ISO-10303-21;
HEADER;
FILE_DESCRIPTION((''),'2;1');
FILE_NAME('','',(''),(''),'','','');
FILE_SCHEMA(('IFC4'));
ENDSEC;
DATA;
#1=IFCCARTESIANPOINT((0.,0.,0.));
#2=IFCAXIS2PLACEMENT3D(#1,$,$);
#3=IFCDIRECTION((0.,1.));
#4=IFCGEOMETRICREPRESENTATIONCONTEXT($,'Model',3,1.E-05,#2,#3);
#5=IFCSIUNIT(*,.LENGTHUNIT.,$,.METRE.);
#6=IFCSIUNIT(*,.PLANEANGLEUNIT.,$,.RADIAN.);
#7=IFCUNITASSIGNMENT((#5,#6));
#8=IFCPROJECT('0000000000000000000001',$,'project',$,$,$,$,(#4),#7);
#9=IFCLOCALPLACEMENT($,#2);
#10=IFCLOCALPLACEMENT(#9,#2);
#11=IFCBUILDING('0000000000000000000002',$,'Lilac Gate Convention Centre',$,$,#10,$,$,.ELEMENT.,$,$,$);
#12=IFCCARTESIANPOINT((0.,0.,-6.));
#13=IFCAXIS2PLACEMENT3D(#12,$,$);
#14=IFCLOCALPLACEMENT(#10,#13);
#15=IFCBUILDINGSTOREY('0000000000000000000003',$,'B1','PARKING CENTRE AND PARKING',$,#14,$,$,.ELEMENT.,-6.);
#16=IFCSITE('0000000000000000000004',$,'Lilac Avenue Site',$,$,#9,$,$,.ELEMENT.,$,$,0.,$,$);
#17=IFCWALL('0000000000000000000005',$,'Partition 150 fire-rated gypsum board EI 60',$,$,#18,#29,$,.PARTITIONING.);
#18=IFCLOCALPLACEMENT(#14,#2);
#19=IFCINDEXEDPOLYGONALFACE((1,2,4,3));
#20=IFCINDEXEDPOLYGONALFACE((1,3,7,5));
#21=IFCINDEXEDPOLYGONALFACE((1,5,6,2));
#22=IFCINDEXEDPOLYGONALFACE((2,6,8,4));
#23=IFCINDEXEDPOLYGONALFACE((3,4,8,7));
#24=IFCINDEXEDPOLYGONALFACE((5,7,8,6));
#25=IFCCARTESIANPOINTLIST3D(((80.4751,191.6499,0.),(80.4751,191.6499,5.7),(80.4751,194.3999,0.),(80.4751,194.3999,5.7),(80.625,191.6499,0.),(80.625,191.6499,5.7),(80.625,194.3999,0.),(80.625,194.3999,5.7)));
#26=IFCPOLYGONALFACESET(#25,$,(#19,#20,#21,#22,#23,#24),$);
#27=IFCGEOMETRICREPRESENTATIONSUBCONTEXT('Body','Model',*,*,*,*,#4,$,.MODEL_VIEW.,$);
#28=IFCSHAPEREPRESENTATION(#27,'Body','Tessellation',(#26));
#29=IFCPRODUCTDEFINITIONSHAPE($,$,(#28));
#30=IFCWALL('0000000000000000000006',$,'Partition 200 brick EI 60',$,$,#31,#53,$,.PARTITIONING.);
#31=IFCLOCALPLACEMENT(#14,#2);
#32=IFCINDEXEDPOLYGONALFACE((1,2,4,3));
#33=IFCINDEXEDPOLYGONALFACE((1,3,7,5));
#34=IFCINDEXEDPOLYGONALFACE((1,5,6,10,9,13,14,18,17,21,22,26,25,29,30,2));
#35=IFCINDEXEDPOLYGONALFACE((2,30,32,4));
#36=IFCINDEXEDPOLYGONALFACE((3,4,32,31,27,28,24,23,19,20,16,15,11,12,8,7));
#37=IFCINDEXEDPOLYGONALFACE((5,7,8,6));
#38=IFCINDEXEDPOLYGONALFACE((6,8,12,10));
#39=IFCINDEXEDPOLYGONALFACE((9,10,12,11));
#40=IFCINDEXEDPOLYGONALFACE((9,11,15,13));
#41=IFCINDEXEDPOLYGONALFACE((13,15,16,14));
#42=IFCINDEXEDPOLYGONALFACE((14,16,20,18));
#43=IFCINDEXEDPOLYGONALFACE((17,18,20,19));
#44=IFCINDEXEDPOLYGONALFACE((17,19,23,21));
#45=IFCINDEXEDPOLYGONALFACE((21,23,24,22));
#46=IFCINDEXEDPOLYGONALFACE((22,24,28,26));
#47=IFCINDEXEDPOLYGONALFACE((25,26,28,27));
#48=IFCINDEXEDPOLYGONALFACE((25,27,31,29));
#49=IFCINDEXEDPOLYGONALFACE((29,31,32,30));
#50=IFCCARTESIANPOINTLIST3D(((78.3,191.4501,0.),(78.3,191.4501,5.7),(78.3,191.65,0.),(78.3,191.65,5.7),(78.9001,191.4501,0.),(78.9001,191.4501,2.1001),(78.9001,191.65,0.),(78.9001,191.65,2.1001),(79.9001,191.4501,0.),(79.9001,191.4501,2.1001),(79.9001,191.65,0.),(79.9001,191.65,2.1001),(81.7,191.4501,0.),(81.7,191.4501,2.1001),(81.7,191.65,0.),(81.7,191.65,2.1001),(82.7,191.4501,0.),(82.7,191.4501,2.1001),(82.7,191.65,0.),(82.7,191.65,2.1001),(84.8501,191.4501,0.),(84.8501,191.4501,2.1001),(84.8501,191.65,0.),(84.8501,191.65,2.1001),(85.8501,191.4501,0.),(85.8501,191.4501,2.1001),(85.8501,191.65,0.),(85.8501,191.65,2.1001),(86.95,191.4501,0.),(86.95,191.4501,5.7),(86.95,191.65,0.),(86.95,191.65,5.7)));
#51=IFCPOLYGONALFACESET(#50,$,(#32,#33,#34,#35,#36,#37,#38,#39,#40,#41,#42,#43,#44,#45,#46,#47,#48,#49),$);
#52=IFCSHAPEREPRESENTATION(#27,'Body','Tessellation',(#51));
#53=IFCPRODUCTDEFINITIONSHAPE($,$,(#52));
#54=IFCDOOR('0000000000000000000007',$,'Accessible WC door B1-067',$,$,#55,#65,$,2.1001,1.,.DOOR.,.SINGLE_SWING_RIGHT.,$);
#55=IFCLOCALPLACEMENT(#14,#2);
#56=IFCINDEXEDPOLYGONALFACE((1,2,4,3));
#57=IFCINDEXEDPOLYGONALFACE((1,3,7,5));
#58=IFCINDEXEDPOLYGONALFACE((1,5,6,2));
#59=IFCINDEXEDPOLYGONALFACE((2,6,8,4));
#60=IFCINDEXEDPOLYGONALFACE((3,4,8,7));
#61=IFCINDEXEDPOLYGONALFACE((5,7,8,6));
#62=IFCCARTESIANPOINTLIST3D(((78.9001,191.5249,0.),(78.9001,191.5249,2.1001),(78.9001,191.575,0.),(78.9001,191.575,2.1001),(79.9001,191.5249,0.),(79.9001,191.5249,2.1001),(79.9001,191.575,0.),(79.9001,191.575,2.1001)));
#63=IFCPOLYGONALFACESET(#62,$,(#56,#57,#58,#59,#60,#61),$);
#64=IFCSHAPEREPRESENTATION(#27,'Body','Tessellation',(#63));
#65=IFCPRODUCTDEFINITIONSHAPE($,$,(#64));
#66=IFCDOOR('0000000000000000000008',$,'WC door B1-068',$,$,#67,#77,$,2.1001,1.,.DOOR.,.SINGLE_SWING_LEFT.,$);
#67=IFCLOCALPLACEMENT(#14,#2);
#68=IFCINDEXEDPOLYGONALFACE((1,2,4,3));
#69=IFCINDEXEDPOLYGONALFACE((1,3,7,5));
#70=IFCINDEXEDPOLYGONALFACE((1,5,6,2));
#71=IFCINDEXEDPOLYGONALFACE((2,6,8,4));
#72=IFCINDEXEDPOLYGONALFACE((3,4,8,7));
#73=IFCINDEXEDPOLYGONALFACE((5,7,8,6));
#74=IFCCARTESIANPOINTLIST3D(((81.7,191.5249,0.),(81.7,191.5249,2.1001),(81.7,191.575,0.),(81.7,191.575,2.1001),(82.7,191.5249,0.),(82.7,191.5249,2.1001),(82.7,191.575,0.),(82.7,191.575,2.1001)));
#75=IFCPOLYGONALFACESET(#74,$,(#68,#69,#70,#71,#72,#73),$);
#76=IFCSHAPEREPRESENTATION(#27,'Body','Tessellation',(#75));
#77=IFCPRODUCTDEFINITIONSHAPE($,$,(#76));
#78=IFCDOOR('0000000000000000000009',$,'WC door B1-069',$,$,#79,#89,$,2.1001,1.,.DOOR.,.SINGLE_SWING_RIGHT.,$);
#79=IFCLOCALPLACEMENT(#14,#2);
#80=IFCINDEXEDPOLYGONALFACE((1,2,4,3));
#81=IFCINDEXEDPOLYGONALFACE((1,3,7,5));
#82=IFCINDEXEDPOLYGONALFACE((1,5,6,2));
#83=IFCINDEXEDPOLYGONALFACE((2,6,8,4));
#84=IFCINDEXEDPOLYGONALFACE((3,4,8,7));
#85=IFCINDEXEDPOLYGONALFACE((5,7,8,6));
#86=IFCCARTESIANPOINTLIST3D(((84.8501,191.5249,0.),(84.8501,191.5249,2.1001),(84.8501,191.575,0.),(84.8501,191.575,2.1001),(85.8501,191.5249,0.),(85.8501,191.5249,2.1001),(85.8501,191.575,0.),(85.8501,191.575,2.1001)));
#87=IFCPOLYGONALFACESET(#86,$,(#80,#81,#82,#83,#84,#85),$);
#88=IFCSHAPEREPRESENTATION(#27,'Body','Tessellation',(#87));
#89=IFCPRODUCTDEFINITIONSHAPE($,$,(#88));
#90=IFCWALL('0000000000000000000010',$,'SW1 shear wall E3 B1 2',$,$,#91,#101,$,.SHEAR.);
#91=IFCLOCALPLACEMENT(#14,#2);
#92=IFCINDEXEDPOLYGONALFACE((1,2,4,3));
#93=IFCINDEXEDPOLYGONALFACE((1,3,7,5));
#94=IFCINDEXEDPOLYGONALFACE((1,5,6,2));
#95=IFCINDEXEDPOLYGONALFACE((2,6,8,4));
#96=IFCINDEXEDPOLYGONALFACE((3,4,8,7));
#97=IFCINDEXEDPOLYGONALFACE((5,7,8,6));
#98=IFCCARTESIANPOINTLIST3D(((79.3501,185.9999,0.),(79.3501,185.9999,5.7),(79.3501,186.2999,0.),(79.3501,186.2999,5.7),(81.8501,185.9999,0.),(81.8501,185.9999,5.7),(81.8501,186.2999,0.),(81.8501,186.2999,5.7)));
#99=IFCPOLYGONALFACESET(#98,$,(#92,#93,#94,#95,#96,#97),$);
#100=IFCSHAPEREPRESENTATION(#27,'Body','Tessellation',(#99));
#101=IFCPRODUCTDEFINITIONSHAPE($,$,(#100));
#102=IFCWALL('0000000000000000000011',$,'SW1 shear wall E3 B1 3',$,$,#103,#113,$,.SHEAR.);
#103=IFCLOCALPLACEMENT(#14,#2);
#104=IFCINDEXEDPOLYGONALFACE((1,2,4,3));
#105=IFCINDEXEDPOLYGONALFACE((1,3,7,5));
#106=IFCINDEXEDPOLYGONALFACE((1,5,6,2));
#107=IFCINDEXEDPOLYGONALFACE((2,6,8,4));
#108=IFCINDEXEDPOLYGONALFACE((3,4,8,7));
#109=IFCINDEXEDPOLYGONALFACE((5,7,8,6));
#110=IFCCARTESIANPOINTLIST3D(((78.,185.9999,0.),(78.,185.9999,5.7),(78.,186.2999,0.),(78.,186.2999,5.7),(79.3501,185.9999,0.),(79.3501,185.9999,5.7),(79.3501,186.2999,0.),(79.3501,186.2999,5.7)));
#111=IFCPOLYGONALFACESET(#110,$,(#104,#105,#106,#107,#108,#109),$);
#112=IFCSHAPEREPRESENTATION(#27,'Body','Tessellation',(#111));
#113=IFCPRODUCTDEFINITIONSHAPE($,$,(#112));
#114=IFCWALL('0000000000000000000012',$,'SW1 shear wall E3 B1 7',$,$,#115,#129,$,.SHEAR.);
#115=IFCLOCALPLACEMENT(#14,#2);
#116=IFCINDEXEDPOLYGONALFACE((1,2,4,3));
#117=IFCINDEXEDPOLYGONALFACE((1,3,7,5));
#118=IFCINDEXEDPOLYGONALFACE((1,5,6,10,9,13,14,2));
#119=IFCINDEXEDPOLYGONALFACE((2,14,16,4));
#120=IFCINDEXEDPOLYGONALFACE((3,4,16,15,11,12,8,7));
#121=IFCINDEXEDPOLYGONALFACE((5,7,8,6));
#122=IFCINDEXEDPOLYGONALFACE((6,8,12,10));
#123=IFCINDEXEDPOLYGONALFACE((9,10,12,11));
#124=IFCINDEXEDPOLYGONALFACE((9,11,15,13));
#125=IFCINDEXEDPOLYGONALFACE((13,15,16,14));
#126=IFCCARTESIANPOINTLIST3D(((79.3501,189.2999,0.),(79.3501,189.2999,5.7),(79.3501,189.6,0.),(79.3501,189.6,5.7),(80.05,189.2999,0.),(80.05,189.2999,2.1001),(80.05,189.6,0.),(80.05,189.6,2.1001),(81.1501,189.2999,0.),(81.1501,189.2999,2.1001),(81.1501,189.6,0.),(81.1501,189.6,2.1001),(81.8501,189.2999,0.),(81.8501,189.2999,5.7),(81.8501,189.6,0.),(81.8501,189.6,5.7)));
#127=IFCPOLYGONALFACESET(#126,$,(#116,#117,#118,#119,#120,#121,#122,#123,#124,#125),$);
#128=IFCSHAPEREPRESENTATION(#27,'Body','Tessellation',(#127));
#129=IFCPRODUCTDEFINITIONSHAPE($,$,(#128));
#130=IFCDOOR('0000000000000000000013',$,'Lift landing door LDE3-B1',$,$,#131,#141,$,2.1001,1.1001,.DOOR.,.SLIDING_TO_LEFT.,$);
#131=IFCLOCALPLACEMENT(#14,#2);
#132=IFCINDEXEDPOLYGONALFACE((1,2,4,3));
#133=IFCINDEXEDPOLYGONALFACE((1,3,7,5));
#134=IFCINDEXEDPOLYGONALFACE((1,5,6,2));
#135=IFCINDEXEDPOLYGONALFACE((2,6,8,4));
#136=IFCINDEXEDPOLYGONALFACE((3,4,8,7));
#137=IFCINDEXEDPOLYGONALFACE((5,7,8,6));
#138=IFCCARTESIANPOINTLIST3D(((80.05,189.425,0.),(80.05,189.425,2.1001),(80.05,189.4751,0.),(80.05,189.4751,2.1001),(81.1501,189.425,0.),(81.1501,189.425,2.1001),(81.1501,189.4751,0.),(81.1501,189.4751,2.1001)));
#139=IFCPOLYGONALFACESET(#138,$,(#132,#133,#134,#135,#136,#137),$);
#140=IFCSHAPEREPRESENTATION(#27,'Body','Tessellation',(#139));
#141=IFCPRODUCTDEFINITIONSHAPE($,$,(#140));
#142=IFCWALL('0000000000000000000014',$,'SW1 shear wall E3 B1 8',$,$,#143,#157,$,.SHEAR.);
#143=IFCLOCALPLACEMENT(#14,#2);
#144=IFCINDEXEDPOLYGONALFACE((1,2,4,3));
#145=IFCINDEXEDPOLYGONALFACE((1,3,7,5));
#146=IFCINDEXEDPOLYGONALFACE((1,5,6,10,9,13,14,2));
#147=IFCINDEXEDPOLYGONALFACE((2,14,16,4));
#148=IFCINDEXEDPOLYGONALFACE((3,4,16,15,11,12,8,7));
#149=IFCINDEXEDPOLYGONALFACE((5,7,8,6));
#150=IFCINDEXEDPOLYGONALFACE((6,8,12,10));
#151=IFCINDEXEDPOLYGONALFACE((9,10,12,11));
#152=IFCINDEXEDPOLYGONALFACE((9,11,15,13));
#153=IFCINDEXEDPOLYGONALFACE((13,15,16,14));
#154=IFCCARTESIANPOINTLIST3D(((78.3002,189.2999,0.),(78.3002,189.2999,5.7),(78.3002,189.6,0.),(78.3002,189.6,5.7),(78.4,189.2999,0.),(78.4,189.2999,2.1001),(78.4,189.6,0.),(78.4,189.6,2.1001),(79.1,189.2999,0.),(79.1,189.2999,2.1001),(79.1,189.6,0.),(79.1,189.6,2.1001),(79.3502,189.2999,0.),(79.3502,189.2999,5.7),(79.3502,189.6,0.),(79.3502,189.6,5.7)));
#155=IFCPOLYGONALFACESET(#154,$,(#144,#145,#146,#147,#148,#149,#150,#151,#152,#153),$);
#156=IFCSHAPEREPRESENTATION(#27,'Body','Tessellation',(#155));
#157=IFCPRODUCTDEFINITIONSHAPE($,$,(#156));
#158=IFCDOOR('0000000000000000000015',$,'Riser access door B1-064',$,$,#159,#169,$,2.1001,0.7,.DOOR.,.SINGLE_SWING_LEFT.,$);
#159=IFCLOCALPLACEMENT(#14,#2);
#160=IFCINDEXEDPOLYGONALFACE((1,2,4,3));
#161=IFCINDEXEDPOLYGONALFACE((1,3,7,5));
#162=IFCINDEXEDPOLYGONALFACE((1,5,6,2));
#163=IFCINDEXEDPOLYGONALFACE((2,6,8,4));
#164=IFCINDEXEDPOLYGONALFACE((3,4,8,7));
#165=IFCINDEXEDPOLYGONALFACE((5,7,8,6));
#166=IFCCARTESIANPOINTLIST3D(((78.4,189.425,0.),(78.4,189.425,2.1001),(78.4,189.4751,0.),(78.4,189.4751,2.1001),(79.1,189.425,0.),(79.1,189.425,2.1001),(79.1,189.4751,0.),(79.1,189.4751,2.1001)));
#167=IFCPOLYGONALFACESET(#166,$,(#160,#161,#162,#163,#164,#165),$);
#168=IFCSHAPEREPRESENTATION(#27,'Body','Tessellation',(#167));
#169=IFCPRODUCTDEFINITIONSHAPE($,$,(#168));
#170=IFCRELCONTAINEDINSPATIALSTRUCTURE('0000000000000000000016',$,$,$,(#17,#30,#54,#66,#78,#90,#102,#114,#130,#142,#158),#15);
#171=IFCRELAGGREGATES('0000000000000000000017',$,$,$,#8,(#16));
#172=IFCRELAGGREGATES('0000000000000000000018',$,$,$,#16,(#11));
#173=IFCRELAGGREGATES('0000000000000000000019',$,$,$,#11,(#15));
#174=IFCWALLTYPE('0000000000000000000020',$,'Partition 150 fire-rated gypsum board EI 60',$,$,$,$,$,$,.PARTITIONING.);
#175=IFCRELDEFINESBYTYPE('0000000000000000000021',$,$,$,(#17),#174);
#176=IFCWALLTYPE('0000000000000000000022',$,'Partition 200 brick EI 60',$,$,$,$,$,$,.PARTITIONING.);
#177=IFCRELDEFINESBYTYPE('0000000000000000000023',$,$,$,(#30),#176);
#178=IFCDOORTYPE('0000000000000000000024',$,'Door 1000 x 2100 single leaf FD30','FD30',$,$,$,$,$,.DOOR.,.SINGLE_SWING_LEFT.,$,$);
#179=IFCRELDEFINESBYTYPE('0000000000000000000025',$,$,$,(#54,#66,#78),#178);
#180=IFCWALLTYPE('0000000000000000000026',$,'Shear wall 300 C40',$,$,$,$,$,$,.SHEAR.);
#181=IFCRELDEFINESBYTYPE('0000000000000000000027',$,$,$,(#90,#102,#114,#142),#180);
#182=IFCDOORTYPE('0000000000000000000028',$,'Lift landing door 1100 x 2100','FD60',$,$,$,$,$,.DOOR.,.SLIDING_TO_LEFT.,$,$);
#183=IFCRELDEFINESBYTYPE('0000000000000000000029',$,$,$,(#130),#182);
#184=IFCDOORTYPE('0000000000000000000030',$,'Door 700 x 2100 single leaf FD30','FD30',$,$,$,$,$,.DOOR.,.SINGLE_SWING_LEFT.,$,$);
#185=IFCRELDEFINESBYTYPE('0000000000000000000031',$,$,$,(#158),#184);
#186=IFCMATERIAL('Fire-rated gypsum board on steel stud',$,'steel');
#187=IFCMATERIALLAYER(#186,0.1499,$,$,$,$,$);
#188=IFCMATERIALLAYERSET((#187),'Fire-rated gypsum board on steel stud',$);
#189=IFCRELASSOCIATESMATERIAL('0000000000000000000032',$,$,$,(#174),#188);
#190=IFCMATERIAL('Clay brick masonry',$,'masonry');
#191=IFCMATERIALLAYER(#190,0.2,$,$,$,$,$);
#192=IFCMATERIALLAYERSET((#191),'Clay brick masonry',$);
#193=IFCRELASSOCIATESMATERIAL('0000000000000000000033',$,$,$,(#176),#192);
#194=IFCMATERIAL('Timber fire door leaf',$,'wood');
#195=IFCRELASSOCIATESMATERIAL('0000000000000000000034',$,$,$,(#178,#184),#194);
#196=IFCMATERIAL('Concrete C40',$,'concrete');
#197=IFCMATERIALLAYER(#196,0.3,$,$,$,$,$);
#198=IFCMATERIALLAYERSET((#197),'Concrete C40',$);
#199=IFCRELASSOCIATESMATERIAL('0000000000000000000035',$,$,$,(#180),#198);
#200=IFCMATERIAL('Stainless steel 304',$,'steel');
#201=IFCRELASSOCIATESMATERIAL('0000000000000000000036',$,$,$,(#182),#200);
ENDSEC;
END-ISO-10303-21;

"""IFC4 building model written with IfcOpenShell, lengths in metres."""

from ifc_helpers import new_model, si_unit, direction, frame, frame_2d, origin, place, context, subcontext, project, spatial, rectangle, extrude, material, layer, layer_set, type_object, element, fill, save


model = new_model("IFC4")

# Units and contexts
model_context = context("Model", 3, precision=1e-05, world=origin(), true_north=direction((0.0, 1.0)))
body_context = subcontext(model_context, "Body", "Model", "MODEL_VIEW")
ifc_project = project(units=[si_unit("LENGTHUNIT", "METRE"), si_unit("PLANEANGLEUNIT", "RADIAN")], contexts=[model_context])

# Site, building, storey
site_placement = place(None, origin())
site = spatial("IfcSite", under=ifc_project, at=site_placement, Name="Lilac Avenue Site", CompositionType="ELEMENT", RefElevation=0.0)
building_placement = place(site_placement, origin())
building = spatial("IfcBuilding", under=site, at=building_placement, Name="Lilac Gate Convention Centre", CompositionType="ELEMENT")
storey_placement = place(building_placement, frame((0.0, 0.0, -6.0)))
storey = spatial("IfcBuildingStorey", under=building, at=storey_placement, Name="B1", Description="PARKING CENTRE AND PARKING", CompositionType="ELEMENT", Elevation=-6.0)

# Wall
ifc_material_1 = material(Name="Fire-rated gypsum board on steel stud", Category="steel")
ifc_layer_1 = layer(ifc_material_1, 0.1499)
ifc_layer_set_1 = layer_set([ifc_layer_1], Name="Fire-rated gypsum board on steel stud")
wall_type_1 = type_object("IfcWallType", Name="Partition 150 fire-rated gypsum board EI 60", PredefinedType="PARTITIONING", material=ifc_layer_set_1)
wall_1_placement = place(storey_placement, frame((80.55, 191.6499, 0.0), z_axis=(0.0, 0.0, 1.0), x_axis=(0.0, 1.0, 0.0)))
element("IfcWall", 1, at=wall_1_placement, inside=storey, type_object=wall_type_1, Name="Partition 150 fire-rated gypsum board EI 60", PredefinedType="PARTITIONING", context=body_context, shape_type="SweptSolid", body=[
    extrude(rectangle(XDim=2.75, YDim=0.1499, at=frame_2d((1.375, 0.0))), origin(), (0.0, 0.0, 1.0), 5.7),
])

# Wall, openings, doors
ifc_material_2 = material(Name="Clay brick masonry", Category="masonry")
ifc_layer_2 = layer(ifc_material_2, 0.2)
ifc_layer_set_2 = layer_set([ifc_layer_2], Name="Clay brick masonry")
wall_type_2 = type_object("IfcWallType", Name="Partition 200 brick EI 60", PredefinedType="PARTITIONING", material=ifc_layer_set_2)
wall_2_placement = place(storey_placement, frame((78.3, 191.55, 0.0), z_axis=(0.0, 0.0, 1.0), x_axis=(1.0, 0.0, 0.0)))
wall_2 = element("IfcWall", 2, at=wall_2_placement, inside=storey, type_object=wall_type_2, Name="Partition 200 brick EI 60", PredefinedType="PARTITIONING", context=body_context, shape_type="SweptSolid", body=[
    extrude(rectangle(XDim=8.6499, YDim=0.2, at=frame_2d((4.325, 0.0))), origin(), (0.0, 0.0, 1.0), 5.7),
])
opening_1_placement = place(wall_2_placement, frame((0.6001, 0.0, 0.0)))
opening_1 = element("IfcOpeningElement", 3, at=opening_1_placement, cuts=wall_2, PredefinedType="OPENING", context=body_context, shape_type="SweptSolid", body=[
    extrude(rectangle(XDim=1.0, YDim=2.1001, at=frame_2d((0.5, 1.05))), frame((0.0, 0.1099, 0.0), z_axis=(0.0, -1.0, 0.0), x_axis=(1.0, 0.0, 0.0)), (0.0, 0.0, 1.0), 0.22),
])
opening_2_placement = place(wall_2_placement, frame((3.3999, 0.0, 0.0)))
opening_2 = element("IfcOpeningElement", 4, at=opening_2_placement, cuts=wall_2, PredefinedType="OPENING", context=body_context, shape_type="SweptSolid", body=[
    extrude(rectangle(XDim=1.0, YDim=2.1001, at=frame_2d((0.5, 1.05))), frame((0.0, 0.1099, 0.0), z_axis=(0.0, -1.0, 0.0), x_axis=(1.0, 0.0, 0.0)), (0.0, 0.0, 1.0), 0.22),
])
opening_3_placement = place(wall_2_placement, frame((6.55, 0.0, 0.0)))
opening_3 = element("IfcOpeningElement", 5, at=opening_3_placement, cuts=wall_2, PredefinedType="OPENING", context=body_context, shape_type="SweptSolid", body=[
    extrude(rectangle(XDim=1.0, YDim=2.1001, at=frame_2d((0.5, 1.05))), frame((0.0, 0.1099, 0.0), z_axis=(0.0, -1.0, 0.0), x_axis=(1.0, 0.0, 0.0)), (0.0, 0.0, 1.0), 0.22),
])
ifc_material_3 = material(Name="Timber fire door leaf", Category="wood")
door_type_1 = type_object("IfcDoorType", Name="Door 1000 x 2100 single leaf FD30", Description="FD30", OperationType="SINGLE_SWING_LEFT", PredefinedType="DOOR", material=ifc_material_3)
door_1_placement = place(opening_1_placement, origin())
door_1 = element("IfcDoor", 6, at=door_1_placement, inside=storey, type_object=door_type_1, Name="Accessible WC door B1-067", OperationType="SINGLE_SWING_RIGHT", OverallHeight=2.1001, OverallWidth=1.0, PredefinedType="DOOR", context=body_context, shape_type="SweptSolid", body=[
    extrude(rectangle(XDim=1.0, YDim=2.1001, at=frame_2d((0.5, 1.05))), frame((0.0, 0.0249, 0.0), z_axis=(0.0, -1.0, 0.0), x_axis=(1.0, 0.0, 0.0)), (0.0, 0.0, 1.0), 0.05),
])
fill(opening_1, door_1)
door_2_placement = place(opening_2_placement, origin())
door_2 = element("IfcDoor", 7, at=door_2_placement, inside=storey, type_object=door_type_1, Name="WC door B1-068", OperationType="SINGLE_SWING_LEFT", OverallHeight=2.1001, OverallWidth=1.0, PredefinedType="DOOR", context=body_context, shape_type="SweptSolid", body=[
    extrude(rectangle(XDim=1.0, YDim=2.1001, at=frame_2d((0.5, 1.05))), frame((0.0, 0.0249, 0.0), z_axis=(0.0, -1.0, 0.0), x_axis=(1.0, 0.0, 0.0)), (0.0, 0.0, 1.0), 0.05),
])
fill(opening_2, door_2)
door_3_placement = place(opening_3_placement, origin())
door_3 = element("IfcDoor", 8, at=door_3_placement, inside=storey, type_object=door_type_1, Name="WC door B1-069", OperationType="SINGLE_SWING_RIGHT", OverallHeight=2.1001, OverallWidth=1.0, PredefinedType="DOOR", context=body_context, shape_type="SweptSolid", body=[
    extrude(rectangle(XDim=1.0, YDim=2.1001, at=frame_2d((0.5, 1.05))), frame((0.0, 0.0249, 0.0), z_axis=(0.0, -1.0, 0.0), x_axis=(1.0, 0.0, 0.0)), (0.0, 0.0, 1.0), 0.05),
])
fill(opening_3, door_3)

# Walls
ifc_material_4 = material(Name="Concrete C40", Category="concrete")
ifc_layer_3 = layer(ifc_material_4, 0.3)
ifc_layer_set_3 = layer_set([ifc_layer_3], Name="Concrete C40")
wall_type_3 = type_object("IfcWallType", Name="Shear wall 300 C40", PredefinedType="SHEAR", material=ifc_layer_set_3)
wall_3_placement = place(storey_placement, frame((81.8501, 186.1499, 0.0), z_axis=(0.0, 0.0, 1.0), x_axis=(-1.0, 0.0, 0.0)))
element("IfcWall", 9, at=wall_3_placement, inside=storey, type_object=wall_type_3, Name="SW1 shear wall E3 B1 2", PredefinedType="SHEAR", context=body_context, shape_type="SweptSolid", body=[
    extrude(rectangle(XDim=2.5, YDim=0.3, at=frame_2d((1.25, 0.0))), origin(), (0.0, 0.0, 1.0), 5.7),
])
wall_4_placement = place(storey_placement, frame((79.3501, 186.1499, 0.0), z_axis=(0.0, 0.0, 1.0), x_axis=(-1.0, 0.0, 0.0)))
element("IfcWall", 10, at=wall_4_placement, inside=storey, type_object=wall_type_3, Name="SW1 shear wall E3 B1 3", PredefinedType="SHEAR", context=body_context, shape_type="SweptSolid", body=[
    extrude(rectangle(XDim=1.3501, YDim=0.3, at=frame_2d((0.675, 0.0))), origin(), (0.0, 0.0, 1.0), 5.7),
])

# Walls, openings, doors
wall_5_placement = place(storey_placement, frame((81.8501, 189.45, 0.0), z_axis=(0.0, 0.0, 1.0), x_axis=(-1.0, 0.0, 0.0)))
wall_5 = element("IfcWall", 11, at=wall_5_placement, inside=storey, type_object=wall_type_3, Name="SW1 shear wall E3 B1 7", PredefinedType="SHEAR", context=body_context, shape_type="SweptSolid", body=[
    extrude(rectangle(XDim=2.5, YDim=0.3, at=frame_2d((1.25, 0.0))), origin(), (0.0, 0.0, 1.0), 5.7),
])
opening_4_placement = place(wall_5_placement, frame((0.7, 0.0, 0.0)))
opening_4 = element("IfcOpeningElement", 12, at=opening_4_placement, cuts=wall_5, PredefinedType="OPENING", context=body_context, shape_type="SweptSolid", body=[
    extrude(rectangle(XDim=1.1001, YDim=2.1001, at=frame_2d((0.55, 1.05))), frame((0.0, 0.1599, 0.0), z_axis=(0.0, -1.0, 0.0), x_axis=(1.0, 0.0, 0.0)), (0.0, 0.0, 1.0), 0.3201),
])
ifc_material_5 = material(Name="Stainless steel 304", Category="steel")
door_type_2 = type_object("IfcDoorType", Name="Lift landing door 1100 x 2100", Description="FD60", OperationType="SLIDING_TO_LEFT", PredefinedType="DOOR", material=ifc_material_5)
door_4_placement = place(opening_4_placement, origin())
door_4 = element("IfcDoor", 13, at=door_4_placement, inside=storey, type_object=door_type_2, Name="Lift landing door LDE3-B1", OperationType="SLIDING_TO_LEFT", OverallHeight=2.1001, OverallWidth=1.1001, PredefinedType="DOOR", context=body_context, shape_type="SweptSolid", body=[
    extrude(rectangle(XDim=1.1001, YDim=2.1001, at=frame_2d((0.55, 1.05))), frame((0.0, 0.0249, 0.0), z_axis=(0.0, -1.0, 0.0), x_axis=(1.0, 0.0, 0.0)), (0.0, 0.0, 1.0), 0.05),
])
fill(opening_4, door_4)
wall_6_placement = place(storey_placement, frame((79.3501, 189.45, 0.0), z_axis=(0.0, 0.0, 1.0), x_axis=(-1.0, 0.0, 0.0)))
wall_6 = element("IfcWall", 14, at=wall_6_placement, inside=storey, type_object=wall_type_3, Name="SW1 shear wall E3 B1 8", PredefinedType="SHEAR", context=body_context, shape_type="SweptSolid", body=[
    extrude(rectangle(XDim=1.05, YDim=0.3, at=frame_2d((0.5249, 0.0))), origin(), (0.0, 0.0, 1.0), 5.7),
])
opening_5_placement = place(wall_6_placement, frame((0.25, 0.0, 0.0)))
opening_5 = element("IfcOpeningElement", 15, at=opening_5_placement, cuts=wall_6, PredefinedType="OPENING", context=body_context, shape_type="SweptSolid", body=[
    extrude(rectangle(XDim=0.7, YDim=2.1001, at=frame_2d((0.3501, 1.05))), frame((0.0, 0.1599, 0.0), z_axis=(0.0, -1.0, 0.0), x_axis=(1.0, 0.0, 0.0)), (0.0, 0.0, 1.0), 0.3201),
])
door_type_3 = type_object("IfcDoorType", Name="Door 700 x 2100 single leaf FD30", Description="FD30", OperationType="SINGLE_SWING_LEFT", PredefinedType="DOOR", material=ifc_material_3)
door_5_placement = place(opening_5_placement, origin())
door_5 = element("IfcDoor", 16, at=door_5_placement, inside=storey, type_object=door_type_3, Name="Riser access door B1-064", OperationType="SINGLE_SWING_LEFT", OverallHeight=2.1001, OverallWidth=0.7, PredefinedType="DOOR", context=body_context, shape_type="SweptSolid", body=[
    extrude(rectangle(XDim=0.7, YDim=2.1001, at=frame_2d((0.3501, 1.05))), frame((0.0, 0.0249, 0.0), z_axis=(0.0, -1.0, 0.0), x_axis=(1.0, 0.0, 0.0)), (0.0, 0.0, 1.0), 0.05),
])
fill(opening_5, door_5)

save(model, "model.ifc")
